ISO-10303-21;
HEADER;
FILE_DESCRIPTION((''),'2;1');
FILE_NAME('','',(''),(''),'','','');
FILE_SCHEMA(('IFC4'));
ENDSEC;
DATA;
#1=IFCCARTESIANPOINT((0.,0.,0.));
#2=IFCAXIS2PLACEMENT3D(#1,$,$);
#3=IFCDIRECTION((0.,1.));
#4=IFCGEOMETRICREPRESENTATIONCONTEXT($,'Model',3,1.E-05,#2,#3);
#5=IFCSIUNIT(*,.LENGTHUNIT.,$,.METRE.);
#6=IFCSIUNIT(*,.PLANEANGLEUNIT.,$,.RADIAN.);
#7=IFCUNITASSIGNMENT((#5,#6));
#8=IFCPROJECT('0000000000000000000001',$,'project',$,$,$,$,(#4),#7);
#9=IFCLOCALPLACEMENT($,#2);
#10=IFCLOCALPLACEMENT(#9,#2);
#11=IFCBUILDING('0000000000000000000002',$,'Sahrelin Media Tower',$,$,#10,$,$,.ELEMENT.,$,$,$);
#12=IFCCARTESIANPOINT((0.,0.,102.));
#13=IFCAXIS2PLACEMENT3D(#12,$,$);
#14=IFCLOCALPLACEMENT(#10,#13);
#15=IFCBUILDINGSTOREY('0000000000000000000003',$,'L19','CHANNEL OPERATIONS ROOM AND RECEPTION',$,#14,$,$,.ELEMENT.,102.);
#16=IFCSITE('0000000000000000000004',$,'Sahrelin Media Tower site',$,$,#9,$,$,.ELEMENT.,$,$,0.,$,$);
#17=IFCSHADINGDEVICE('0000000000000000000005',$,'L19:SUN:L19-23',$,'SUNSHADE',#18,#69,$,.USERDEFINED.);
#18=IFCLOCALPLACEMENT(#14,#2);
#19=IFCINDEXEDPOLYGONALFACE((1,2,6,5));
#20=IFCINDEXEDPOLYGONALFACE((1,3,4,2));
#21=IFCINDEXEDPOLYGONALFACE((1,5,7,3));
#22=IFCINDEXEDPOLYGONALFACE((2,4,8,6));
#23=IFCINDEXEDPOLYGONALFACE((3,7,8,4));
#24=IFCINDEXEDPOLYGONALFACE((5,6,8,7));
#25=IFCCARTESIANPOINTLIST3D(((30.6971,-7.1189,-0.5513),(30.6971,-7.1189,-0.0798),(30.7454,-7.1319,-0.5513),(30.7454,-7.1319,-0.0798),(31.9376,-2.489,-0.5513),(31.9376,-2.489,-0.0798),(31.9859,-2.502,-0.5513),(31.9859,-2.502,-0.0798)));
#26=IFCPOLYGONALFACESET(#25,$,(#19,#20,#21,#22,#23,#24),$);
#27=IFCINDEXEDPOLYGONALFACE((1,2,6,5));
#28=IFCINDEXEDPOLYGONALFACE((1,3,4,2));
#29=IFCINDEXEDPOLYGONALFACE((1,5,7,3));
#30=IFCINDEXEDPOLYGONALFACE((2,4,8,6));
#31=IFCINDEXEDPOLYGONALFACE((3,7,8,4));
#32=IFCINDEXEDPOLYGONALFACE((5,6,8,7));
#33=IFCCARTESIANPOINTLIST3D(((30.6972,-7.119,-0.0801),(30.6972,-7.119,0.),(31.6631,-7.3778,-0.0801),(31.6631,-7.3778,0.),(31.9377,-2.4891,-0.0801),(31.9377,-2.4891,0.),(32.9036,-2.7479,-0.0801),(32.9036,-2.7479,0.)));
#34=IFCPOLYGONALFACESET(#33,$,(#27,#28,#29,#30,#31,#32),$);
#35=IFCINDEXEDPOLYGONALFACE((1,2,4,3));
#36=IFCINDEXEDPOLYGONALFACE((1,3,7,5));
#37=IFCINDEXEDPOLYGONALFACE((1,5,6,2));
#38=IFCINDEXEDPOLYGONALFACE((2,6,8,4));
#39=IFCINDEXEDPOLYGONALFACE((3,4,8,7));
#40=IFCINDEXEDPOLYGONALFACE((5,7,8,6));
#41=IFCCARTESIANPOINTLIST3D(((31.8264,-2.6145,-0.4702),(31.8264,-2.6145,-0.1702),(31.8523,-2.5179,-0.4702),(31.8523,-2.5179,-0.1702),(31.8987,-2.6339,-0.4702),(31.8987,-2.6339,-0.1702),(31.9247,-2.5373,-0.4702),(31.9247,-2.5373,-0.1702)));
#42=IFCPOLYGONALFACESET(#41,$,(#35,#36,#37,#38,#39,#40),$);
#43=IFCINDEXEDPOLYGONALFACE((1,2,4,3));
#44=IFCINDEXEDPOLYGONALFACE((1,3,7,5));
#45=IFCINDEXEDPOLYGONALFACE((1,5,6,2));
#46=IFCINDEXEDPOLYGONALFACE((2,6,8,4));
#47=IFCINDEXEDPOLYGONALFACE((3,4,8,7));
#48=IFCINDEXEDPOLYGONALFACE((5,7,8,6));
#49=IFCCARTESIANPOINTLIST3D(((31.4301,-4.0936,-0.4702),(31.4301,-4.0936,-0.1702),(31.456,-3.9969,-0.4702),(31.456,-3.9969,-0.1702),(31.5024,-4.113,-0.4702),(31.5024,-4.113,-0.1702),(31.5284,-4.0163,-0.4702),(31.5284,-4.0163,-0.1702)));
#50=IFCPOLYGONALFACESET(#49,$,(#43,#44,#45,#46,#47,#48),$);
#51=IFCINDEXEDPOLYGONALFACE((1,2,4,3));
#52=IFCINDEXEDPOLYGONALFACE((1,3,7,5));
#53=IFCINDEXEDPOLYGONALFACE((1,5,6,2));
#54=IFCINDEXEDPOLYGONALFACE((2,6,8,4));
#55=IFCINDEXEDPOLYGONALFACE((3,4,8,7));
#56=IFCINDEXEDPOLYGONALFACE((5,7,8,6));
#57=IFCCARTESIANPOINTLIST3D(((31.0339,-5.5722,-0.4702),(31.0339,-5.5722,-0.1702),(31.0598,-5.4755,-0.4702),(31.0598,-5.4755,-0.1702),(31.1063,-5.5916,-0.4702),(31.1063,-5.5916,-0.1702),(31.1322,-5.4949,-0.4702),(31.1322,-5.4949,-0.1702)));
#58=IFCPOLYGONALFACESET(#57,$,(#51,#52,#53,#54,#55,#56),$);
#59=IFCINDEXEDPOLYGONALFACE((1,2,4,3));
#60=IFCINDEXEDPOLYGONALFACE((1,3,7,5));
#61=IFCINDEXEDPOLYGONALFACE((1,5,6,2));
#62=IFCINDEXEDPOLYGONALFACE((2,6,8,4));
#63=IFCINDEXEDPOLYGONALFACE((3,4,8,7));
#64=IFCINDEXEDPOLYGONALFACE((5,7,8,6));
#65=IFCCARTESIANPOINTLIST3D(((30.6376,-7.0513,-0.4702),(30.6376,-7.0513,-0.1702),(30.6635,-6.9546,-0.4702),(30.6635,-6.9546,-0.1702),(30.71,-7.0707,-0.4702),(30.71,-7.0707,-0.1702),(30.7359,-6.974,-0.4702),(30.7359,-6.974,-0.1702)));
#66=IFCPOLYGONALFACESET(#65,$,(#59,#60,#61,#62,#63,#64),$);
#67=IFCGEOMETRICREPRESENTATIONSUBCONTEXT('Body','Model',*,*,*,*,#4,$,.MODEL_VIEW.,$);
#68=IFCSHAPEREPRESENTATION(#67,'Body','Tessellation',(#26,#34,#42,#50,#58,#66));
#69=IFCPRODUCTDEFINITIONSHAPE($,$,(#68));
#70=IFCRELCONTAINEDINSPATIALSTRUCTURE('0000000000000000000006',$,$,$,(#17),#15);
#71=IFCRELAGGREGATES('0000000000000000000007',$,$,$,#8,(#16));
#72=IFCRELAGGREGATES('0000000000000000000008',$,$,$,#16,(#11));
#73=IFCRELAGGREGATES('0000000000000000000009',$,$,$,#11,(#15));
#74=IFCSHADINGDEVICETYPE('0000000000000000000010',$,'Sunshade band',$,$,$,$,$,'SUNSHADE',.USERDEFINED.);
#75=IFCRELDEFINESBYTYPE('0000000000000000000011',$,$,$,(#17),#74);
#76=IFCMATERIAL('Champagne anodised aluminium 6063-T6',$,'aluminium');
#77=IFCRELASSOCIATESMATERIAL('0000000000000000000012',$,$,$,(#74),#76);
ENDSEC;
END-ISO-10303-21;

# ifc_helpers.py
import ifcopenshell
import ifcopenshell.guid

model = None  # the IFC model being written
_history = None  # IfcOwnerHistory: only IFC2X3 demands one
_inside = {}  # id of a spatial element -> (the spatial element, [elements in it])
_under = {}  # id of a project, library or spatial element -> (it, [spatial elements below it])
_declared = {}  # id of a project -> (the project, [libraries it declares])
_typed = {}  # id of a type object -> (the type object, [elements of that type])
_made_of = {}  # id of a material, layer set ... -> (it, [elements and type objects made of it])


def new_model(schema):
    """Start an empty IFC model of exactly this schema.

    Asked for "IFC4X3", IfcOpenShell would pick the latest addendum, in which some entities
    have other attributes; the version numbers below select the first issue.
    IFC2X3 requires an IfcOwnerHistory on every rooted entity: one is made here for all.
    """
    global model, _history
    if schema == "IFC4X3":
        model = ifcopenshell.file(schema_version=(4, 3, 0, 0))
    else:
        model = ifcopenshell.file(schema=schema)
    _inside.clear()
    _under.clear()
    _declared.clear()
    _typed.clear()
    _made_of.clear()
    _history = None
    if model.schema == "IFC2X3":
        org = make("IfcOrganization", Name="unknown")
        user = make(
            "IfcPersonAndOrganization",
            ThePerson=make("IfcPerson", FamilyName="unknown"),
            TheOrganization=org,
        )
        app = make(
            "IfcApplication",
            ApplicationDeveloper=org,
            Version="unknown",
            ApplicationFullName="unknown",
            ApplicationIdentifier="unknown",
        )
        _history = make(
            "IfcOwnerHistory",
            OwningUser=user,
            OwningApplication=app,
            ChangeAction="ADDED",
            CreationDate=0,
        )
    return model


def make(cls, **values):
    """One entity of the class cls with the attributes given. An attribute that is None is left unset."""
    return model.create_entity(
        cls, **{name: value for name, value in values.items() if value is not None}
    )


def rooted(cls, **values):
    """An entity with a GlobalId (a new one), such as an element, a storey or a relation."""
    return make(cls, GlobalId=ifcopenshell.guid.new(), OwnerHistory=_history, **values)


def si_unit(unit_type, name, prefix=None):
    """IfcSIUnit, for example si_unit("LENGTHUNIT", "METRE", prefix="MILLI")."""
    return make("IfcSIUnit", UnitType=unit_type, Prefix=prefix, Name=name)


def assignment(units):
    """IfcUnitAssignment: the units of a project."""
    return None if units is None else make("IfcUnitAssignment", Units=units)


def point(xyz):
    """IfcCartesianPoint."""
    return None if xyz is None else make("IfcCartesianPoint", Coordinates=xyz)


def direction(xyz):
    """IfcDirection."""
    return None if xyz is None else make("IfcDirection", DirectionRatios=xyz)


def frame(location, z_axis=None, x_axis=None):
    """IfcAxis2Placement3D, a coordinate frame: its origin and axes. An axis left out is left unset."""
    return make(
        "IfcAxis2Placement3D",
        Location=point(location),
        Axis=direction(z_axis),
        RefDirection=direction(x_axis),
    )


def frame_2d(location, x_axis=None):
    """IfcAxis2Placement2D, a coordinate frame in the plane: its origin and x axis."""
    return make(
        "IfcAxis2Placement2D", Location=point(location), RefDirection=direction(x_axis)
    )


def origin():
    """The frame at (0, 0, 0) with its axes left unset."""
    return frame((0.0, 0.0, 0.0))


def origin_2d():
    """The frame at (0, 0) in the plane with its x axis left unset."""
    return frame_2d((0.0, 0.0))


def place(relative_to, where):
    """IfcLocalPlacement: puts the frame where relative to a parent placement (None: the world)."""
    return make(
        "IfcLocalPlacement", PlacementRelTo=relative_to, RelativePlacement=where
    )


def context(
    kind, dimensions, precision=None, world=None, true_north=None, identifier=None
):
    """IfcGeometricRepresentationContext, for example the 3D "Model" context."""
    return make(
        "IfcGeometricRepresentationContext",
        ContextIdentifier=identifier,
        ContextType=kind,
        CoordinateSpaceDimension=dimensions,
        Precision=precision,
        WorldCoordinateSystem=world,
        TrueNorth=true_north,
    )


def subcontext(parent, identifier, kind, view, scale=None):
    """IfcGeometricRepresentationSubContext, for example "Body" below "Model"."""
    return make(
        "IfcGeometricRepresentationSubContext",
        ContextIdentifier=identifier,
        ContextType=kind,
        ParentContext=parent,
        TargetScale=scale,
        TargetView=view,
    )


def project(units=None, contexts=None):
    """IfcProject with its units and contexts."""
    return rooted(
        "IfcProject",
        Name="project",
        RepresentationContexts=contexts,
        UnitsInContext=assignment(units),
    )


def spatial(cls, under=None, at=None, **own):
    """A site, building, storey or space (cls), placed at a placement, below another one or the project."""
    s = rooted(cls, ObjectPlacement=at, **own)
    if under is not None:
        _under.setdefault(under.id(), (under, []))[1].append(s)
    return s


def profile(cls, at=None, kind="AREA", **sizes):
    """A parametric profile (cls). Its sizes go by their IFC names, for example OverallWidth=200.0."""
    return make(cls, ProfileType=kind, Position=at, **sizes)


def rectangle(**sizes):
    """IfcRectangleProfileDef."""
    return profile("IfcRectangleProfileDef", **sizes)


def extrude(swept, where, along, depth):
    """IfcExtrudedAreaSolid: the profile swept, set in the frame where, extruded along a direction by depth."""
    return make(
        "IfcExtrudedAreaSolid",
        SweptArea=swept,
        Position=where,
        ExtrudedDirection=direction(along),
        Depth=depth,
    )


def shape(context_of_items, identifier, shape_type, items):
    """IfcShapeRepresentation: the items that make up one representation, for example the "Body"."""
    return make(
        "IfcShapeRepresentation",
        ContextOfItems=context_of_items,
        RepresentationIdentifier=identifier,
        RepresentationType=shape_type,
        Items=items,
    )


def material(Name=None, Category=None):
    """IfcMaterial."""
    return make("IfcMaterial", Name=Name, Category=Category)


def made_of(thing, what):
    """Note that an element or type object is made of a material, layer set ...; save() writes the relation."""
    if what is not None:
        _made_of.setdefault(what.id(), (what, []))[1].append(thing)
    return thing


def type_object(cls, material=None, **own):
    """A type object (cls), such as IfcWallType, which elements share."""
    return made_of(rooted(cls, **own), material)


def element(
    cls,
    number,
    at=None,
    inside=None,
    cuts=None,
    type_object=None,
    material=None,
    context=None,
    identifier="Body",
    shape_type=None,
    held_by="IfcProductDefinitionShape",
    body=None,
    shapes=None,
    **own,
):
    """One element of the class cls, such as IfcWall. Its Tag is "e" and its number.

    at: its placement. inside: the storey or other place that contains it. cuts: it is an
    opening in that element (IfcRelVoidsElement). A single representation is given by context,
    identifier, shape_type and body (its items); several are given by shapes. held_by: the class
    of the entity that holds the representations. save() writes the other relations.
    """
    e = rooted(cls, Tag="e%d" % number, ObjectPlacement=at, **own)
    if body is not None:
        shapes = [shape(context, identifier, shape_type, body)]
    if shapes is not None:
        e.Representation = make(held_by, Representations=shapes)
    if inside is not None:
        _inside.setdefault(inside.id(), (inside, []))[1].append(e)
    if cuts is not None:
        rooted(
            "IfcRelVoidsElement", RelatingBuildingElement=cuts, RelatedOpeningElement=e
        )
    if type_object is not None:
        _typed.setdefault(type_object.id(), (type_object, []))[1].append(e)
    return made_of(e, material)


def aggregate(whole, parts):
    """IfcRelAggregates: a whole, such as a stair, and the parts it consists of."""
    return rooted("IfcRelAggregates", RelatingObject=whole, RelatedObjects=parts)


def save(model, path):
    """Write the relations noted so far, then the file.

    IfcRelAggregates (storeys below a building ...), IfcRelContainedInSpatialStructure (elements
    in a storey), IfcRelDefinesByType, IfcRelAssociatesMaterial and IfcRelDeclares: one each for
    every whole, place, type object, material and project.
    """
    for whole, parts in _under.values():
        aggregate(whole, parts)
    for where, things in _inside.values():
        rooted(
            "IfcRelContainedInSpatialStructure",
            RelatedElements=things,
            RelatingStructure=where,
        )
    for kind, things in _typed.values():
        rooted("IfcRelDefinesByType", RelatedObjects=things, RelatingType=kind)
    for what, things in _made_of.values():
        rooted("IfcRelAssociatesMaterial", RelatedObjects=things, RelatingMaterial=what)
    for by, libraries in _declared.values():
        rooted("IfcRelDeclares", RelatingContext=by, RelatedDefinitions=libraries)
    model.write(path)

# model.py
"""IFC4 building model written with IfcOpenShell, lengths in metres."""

from ifc_helpers import new_model, si_unit, direction, frame, origin, origin_2d, place, context, subcontext, project, spatial, rectangle, extrude, material, type_object, element, save


model = new_model("IFC4")

# Units and contexts
model_context = context("Model", 3, precision=1e-05, world=origin(), true_north=direction((0.0, 1.0)))
body_context = subcontext(model_context, "Body", "Model", "MODEL_VIEW")
ifc_project = project(units=[si_unit("LENGTHUNIT", "METRE"), si_unit("PLANEANGLEUNIT", "RADIAN")], contexts=[model_context])

# Site, building, storey
site_placement = place(None, origin())
site = spatial("IfcSite", under=ifc_project, at=site_placement, Name="Sahrelin Media Tower site", CompositionType="ELEMENT", RefElevation=0.0)
building_placement = place(site_placement, origin())
building = spatial("IfcBuilding", under=site, at=building_placement, Name="Sahrelin Media Tower", CompositionType="ELEMENT")
storey_placement = place(building_placement, frame((0.0, 0.0, 102.0)))
storey = spatial("IfcBuildingStorey", under=building, at=storey_placement, Name="L19", Description="CHANNEL OPERATIONS ROOM AND RECEPTION", CompositionType="ELEMENT", Elevation=102.0)

# Shared definitions
ifc_material_1 = material(Name="Champagne anodised aluminium 6063-T6", Category="aluminium")

# Shading device
placement_1 = place(storey_placement, frame((31.2981, -4.7988, 0.0), z_axis=(0.0, 0.0, 1.0), x_axis=(-0.258808, -0.965929, 0.0)))
shading_device_type_1 = type_object("IfcShadingDeviceType", Name="Sunshade band", ElementType="SUNSHADE", PredefinedType="USERDEFINED", material=ifc_material_1)
element("IfcShadingDevice", 1, at=placement_1, inside=storey, type_object=shading_device_type_1, Name="L19:SUN:L19-23", ObjectType="SUNSHADE", PredefinedType="USERDEFINED", context=body_context, shape_type="SweptSolid", body=[
    extrude(rectangle(XDim=4.7932, YDim=0.05, at=origin_2d()), frame((0.0, 0.0449, -0.5513)), (0.0, 0.0, 1.0), 0.4714),
    extrude(rectangle(XDim=4.7932, YDim=1.0, at=origin_2d()), frame((0.0, 0.52, -0.0801)), (0.0, 0.0, 1.0), 0.0801),
    extrude(rectangle(XDim=0.1001, YDim=0.075, at=origin_2d()), frame((-2.2966, -0.0176, -0.4702)), (0.0, 0.0, 1.0), 0.3),
    extrude(rectangle(XDim=0.1001, YDim=0.075, at=origin_2d()), frame((-0.7654, -0.0176, -0.4702)), (0.0, 0.0, 1.0), 0.3),
    extrude(rectangle(XDim=0.1001, YDim=0.075, at=origin_2d()), frame((0.7654, -0.0176, -0.4702)), (0.0, 0.0, 1.0), 0.3),
    extrude(rectangle(XDim=0.1001, YDim=0.075, at=origin_2d()), frame((2.2966, -0.0176, -0.4702)), (0.0, 0.0, 1.0), 0.3),
])

save(model, "model.ifc")
